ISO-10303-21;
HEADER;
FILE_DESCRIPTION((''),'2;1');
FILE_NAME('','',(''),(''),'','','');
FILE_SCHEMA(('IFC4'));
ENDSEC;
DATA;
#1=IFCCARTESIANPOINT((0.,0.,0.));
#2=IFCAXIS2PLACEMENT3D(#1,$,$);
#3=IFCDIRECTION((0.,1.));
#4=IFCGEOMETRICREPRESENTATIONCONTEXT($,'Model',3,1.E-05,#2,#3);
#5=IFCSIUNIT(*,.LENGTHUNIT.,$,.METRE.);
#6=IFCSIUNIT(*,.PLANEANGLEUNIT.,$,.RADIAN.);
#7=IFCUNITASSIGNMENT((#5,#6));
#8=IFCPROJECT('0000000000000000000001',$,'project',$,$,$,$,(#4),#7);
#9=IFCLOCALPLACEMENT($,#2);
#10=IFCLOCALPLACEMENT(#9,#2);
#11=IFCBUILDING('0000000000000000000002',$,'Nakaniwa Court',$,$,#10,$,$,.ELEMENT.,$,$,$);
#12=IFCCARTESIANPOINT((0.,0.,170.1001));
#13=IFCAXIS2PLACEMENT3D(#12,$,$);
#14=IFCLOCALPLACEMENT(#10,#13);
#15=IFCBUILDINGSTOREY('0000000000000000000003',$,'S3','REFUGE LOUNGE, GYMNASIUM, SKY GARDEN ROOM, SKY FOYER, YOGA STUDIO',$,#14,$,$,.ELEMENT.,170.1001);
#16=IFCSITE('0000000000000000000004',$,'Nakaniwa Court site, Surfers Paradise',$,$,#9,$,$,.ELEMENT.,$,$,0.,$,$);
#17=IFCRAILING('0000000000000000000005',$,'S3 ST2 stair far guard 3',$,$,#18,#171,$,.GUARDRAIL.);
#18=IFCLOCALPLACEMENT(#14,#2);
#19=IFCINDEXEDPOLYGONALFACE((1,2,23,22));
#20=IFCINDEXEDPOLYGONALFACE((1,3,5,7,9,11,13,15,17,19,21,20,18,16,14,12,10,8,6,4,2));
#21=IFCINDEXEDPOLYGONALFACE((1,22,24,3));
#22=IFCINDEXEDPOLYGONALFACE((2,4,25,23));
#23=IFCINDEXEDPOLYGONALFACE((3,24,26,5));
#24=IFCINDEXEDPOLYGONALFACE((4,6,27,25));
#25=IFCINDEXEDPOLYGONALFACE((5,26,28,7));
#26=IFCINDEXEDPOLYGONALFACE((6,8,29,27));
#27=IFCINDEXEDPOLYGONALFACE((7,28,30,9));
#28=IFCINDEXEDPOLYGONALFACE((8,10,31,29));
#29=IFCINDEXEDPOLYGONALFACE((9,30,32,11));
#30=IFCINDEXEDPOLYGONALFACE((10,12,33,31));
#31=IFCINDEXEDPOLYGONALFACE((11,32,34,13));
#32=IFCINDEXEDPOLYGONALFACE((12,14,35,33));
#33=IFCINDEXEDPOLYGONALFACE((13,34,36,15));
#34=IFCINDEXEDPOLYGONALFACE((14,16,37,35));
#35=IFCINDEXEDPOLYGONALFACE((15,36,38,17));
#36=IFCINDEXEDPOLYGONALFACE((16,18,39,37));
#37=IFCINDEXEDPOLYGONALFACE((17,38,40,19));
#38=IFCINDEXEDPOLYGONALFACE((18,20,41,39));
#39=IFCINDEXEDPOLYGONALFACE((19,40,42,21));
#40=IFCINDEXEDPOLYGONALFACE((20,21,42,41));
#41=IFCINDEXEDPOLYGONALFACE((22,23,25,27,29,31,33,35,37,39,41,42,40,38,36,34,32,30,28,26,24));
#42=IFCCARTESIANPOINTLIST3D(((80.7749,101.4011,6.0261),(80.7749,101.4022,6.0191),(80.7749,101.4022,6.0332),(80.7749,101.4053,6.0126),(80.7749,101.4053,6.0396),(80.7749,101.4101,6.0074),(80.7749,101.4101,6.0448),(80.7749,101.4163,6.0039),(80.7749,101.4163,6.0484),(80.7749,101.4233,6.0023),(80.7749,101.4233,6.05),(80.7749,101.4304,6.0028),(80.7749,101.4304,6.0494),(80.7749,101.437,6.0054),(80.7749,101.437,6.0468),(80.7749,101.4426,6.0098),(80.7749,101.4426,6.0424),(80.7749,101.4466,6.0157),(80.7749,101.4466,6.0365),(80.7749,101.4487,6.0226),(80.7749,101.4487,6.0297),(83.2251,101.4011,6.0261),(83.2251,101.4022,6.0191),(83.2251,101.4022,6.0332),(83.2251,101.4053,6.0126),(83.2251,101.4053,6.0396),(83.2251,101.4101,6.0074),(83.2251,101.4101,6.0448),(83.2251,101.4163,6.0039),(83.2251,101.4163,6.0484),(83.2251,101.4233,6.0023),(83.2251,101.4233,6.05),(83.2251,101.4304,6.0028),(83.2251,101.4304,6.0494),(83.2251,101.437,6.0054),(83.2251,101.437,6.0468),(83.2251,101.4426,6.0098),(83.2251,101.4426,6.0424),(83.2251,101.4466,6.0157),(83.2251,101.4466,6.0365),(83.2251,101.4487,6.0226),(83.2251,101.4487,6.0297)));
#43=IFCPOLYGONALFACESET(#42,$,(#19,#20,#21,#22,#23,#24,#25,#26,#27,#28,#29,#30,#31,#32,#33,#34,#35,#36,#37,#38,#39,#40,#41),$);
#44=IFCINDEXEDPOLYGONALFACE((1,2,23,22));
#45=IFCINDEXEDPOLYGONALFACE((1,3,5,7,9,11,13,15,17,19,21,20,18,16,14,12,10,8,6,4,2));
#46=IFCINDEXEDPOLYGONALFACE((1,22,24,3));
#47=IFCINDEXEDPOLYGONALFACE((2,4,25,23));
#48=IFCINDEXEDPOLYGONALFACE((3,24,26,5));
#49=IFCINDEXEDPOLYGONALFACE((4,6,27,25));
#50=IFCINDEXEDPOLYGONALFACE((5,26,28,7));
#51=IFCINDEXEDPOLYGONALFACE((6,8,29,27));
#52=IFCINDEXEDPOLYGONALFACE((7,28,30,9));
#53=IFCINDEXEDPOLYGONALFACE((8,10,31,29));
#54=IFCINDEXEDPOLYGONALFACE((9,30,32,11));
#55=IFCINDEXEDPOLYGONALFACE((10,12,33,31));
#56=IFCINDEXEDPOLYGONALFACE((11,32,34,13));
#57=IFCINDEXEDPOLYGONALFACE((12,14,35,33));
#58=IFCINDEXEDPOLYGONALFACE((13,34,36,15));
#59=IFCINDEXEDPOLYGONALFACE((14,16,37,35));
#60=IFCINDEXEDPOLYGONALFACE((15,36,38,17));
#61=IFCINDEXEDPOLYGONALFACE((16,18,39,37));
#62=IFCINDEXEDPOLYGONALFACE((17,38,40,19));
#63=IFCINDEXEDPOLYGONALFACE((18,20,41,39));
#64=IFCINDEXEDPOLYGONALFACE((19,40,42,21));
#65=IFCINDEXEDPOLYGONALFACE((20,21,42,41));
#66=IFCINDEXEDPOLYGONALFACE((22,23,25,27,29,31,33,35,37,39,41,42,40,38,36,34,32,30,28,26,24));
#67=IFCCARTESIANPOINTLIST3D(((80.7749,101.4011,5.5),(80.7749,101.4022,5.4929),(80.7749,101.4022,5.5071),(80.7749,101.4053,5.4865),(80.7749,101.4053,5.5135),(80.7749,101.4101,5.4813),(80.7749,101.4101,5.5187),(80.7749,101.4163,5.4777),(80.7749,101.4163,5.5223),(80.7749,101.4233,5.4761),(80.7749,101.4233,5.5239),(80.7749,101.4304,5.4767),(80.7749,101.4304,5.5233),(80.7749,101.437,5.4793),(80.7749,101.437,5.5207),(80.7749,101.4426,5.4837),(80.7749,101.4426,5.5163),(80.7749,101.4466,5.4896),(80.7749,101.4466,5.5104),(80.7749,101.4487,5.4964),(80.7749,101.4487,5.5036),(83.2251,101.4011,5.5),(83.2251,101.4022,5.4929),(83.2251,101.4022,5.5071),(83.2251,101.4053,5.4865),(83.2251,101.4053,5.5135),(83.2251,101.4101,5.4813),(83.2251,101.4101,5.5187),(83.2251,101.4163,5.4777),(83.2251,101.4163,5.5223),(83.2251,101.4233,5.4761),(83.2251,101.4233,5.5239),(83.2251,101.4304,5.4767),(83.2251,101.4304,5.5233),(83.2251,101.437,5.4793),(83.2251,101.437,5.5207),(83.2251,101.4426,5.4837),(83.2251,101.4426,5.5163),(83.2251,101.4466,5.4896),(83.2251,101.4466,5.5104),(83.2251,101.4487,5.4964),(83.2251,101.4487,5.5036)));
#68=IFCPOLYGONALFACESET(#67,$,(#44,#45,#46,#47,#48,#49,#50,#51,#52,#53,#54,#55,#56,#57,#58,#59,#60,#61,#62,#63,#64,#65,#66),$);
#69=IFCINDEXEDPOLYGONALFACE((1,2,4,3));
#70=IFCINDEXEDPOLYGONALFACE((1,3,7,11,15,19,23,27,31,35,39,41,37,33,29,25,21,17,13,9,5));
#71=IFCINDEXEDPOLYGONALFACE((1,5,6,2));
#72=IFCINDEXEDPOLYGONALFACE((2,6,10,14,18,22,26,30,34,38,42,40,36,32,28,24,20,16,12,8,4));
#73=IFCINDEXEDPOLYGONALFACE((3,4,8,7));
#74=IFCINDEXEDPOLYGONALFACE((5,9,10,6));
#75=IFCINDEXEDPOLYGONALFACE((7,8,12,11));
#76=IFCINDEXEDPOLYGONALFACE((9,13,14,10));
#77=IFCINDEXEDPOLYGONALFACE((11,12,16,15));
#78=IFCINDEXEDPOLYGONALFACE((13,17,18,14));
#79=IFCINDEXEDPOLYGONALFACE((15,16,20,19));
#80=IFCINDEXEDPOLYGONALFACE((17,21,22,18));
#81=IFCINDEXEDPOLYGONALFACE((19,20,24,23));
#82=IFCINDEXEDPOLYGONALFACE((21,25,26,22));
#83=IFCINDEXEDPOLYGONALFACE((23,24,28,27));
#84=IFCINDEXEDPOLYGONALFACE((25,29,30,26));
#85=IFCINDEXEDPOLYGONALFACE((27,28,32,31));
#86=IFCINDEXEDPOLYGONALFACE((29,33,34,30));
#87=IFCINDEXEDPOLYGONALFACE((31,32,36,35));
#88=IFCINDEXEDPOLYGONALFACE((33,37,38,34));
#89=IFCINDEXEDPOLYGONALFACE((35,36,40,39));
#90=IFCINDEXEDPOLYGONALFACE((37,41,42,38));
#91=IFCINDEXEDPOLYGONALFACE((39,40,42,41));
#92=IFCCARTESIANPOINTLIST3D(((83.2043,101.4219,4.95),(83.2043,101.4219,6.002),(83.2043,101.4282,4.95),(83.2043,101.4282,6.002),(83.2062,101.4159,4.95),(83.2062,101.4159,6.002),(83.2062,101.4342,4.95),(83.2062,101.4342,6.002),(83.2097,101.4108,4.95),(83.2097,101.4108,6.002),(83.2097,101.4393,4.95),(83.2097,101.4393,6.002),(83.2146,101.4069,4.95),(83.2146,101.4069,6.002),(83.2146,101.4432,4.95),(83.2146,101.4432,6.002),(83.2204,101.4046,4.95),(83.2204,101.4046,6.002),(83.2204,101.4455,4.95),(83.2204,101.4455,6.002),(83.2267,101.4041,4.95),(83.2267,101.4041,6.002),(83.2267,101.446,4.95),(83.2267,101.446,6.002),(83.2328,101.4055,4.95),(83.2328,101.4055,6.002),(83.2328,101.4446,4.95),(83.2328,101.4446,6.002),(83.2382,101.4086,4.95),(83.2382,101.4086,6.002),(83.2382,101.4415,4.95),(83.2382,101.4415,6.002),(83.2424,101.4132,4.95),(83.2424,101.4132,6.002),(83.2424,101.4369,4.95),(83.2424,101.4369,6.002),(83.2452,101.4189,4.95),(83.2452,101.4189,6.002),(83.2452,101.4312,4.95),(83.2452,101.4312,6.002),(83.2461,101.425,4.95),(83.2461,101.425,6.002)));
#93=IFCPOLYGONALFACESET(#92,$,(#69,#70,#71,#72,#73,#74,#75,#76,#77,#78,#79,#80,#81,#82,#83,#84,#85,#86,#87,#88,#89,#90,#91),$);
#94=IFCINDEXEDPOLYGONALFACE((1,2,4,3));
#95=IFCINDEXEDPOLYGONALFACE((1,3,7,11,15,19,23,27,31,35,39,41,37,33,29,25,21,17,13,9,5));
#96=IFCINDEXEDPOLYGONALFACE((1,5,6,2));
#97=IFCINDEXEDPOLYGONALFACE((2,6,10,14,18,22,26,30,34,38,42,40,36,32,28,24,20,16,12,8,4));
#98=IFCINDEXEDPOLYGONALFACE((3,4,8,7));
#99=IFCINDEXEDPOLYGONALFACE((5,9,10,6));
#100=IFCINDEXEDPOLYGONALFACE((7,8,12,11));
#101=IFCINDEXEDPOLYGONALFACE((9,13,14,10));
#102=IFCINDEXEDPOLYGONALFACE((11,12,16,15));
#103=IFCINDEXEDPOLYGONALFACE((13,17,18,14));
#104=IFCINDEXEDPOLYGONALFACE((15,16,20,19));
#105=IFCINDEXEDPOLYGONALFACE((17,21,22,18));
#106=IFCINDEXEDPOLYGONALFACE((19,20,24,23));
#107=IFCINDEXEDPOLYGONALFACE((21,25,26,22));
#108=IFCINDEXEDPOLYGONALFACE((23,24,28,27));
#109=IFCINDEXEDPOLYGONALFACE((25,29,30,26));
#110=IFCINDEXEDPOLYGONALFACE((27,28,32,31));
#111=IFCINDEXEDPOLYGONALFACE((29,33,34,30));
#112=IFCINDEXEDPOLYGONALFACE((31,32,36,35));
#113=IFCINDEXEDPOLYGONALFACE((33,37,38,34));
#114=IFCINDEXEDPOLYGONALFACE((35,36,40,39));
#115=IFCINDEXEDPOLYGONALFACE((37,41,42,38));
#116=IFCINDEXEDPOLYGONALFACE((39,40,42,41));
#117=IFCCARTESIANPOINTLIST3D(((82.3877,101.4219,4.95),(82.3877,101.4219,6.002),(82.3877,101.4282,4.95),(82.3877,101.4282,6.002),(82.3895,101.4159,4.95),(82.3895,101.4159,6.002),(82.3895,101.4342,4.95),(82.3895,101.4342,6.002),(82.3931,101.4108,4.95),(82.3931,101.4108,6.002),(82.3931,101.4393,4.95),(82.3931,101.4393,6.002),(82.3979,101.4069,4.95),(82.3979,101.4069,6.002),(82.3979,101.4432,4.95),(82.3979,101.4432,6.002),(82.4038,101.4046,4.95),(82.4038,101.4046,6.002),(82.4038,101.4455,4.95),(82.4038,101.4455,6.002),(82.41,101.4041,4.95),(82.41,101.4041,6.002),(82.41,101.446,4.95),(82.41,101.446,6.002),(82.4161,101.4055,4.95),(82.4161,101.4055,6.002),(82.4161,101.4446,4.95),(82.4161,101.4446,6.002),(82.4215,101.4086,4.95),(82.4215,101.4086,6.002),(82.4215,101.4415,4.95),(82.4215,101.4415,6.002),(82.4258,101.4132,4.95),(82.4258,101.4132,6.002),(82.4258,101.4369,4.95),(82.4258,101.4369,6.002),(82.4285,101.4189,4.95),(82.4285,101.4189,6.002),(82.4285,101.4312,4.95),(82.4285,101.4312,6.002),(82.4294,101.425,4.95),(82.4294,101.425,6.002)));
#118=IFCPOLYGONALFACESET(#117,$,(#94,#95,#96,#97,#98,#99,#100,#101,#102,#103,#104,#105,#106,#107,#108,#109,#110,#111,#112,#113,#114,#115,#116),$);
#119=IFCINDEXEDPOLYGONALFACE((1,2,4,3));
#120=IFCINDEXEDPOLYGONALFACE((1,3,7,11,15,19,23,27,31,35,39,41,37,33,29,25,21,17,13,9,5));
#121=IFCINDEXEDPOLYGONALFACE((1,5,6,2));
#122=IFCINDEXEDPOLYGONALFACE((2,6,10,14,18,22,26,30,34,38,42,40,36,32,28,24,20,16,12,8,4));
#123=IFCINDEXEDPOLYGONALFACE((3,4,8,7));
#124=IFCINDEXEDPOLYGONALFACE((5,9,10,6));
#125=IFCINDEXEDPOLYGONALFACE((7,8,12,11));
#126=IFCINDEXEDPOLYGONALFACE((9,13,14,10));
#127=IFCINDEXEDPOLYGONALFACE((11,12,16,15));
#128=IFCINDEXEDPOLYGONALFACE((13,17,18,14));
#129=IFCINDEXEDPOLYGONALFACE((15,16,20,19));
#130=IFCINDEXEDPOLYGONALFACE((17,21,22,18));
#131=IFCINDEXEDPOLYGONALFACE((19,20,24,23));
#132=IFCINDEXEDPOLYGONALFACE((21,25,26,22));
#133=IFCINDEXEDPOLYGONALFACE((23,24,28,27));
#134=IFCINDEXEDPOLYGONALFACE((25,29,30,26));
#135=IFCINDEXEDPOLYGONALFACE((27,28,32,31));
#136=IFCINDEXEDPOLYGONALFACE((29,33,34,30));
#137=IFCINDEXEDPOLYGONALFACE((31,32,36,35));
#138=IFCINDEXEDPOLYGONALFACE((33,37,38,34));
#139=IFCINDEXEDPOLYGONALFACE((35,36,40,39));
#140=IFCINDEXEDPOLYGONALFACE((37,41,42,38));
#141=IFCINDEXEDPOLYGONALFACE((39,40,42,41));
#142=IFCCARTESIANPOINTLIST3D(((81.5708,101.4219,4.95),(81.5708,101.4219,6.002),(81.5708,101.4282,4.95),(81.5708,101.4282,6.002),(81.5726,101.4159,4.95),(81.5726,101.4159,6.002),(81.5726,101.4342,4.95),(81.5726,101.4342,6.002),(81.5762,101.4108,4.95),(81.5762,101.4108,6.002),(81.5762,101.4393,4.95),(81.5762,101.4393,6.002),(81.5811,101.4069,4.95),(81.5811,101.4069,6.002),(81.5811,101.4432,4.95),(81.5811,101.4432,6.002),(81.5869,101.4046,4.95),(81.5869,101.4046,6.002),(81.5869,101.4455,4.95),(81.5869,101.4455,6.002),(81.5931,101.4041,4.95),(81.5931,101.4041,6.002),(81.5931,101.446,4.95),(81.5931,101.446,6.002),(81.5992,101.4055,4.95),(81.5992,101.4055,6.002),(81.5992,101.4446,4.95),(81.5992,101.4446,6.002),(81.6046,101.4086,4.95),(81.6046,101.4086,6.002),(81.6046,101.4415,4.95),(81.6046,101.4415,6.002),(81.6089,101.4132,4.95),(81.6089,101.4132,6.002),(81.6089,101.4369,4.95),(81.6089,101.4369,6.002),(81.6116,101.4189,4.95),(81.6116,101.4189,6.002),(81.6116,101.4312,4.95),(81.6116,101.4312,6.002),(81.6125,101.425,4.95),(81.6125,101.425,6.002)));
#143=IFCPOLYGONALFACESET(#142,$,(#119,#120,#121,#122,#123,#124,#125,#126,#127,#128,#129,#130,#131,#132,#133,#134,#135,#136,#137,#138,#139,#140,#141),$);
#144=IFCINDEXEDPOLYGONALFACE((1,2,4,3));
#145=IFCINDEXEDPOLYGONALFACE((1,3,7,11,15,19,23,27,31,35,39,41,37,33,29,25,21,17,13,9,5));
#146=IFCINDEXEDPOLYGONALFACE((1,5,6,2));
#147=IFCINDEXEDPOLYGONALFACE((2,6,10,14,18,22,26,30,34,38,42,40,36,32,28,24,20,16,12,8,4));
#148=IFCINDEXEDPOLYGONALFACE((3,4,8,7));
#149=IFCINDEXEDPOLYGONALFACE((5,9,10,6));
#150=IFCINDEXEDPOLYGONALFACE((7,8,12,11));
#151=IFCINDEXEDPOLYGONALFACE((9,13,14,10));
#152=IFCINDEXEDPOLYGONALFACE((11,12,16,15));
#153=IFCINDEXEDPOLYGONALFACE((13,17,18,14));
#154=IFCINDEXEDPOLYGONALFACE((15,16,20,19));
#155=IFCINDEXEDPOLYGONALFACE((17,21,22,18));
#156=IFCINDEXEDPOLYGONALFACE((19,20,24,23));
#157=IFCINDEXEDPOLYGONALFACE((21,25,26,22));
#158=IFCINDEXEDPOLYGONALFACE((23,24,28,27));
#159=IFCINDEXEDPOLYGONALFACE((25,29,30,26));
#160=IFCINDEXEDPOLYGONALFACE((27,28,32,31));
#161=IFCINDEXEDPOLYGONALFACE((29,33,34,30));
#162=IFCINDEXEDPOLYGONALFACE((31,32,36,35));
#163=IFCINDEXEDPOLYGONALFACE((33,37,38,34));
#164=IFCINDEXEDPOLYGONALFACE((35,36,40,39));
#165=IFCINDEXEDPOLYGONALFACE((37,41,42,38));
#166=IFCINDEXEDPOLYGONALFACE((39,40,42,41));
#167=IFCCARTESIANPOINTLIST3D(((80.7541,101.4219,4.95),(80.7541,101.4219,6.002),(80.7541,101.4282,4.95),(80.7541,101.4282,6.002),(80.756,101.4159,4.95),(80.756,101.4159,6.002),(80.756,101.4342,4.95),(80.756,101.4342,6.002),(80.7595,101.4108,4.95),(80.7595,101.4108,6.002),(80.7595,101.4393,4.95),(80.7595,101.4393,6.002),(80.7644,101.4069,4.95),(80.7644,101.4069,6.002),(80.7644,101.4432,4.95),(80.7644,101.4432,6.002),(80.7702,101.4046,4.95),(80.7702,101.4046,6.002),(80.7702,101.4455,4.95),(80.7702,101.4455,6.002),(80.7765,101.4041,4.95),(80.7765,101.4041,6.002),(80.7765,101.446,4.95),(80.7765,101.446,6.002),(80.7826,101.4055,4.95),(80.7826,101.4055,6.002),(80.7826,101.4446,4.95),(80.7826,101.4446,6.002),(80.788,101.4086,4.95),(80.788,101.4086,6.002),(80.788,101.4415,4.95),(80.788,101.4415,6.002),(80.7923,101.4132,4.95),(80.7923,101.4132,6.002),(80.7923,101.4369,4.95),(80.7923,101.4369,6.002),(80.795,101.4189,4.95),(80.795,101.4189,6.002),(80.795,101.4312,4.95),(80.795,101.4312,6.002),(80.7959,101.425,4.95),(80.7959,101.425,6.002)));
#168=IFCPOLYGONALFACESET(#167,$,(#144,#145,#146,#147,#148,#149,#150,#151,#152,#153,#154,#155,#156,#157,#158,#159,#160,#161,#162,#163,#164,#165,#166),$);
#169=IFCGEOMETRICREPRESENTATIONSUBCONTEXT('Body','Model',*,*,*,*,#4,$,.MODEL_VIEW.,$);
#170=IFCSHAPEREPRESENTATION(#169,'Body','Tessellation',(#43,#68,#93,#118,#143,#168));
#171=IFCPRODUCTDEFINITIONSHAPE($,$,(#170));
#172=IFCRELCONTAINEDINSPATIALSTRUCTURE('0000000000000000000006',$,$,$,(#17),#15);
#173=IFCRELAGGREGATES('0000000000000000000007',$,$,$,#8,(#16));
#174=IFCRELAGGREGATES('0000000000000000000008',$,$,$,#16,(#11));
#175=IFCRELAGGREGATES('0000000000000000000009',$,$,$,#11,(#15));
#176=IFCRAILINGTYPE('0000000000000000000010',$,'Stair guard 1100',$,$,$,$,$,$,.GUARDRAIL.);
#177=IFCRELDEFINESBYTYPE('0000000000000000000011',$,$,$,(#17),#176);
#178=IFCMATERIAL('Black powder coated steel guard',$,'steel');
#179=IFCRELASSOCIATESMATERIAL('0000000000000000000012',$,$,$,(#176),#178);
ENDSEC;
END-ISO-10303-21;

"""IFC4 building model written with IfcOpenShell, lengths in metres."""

from ifc_helpers import new_model, si_unit, direction, frame, origin, origin_2d, place, context, subcontext, project, spatial, circle, extrude, material, type_object, element, save


model = new_model("IFC4")

# Units and contexts
model_context = context("Model", 3, precision=1e-05, world=origin(), true_north=direction((0.0, 1.0)))
body_context = subcontext(model_context, "Body", "Model", "MODEL_VIEW")
ifc_project = project(units=[si_unit("LENGTHUNIT", "METRE"), si_unit("PLANEANGLEUNIT", "RADIAN")], contexts=[model_context])

# Site, building, storey
site_placement = place(None, origin())
site = spatial("IfcSite", under=ifc_project, at=site_placement, Name="Nakaniwa Court site, Surfers Paradise", CompositionType="ELEMENT", RefElevation=0.0)
building_placement = place(site_placement, origin())
building = spatial("IfcBuilding", under=site, at=building_placement, Name="Nakaniwa Court", CompositionType="ELEMENT")
storey_placement = place(building_placement, frame((0.0, 0.0, 170.1001)))
storey = spatial("IfcBuildingStorey", under=building, at=storey_placement, Name="S3", Description="REFUGE LOUNGE, GYMNASIUM, SKY GARDEN ROOM, SKY FOYER, YOGA STUDIO", CompositionType="ELEMENT", Elevation=170.1001)

# Railing
ifc_material_1 = material(Name="Black powder coated steel guard", Category="steel")
railing_type_1 = type_object("IfcRailingType", Name="Stair guard 1100", PredefinedType="GUARDRAIL", material=ifc_material_1)
for number, where, name in (
    (1, (83.2251, 101.425, 4.95), "S3 ST2 stair far guard 3"),
):
    element("IfcRailing", number, at=place(storey_placement, frame(where)), inside=storey, type_object=railing_type_1, Name=name, PredefinedType="GUARDRAIL", context=body_context, shape_type="SweptSolid", body=[
        extrude(circle(Radius=0.0239, at=origin_2d()), frame((0.0, 0.0, 1.0762), z_axis=(-1.0, 0.0, 0.0), x_axis=(0.0, -1.0, 0.0)), (0.0, 0.0, 1.0), 2.4502),
        extrude(circle(Radius=0.0239, at=origin_2d()), frame((0.0, 0.0, 0.55), z_axis=(-1.0, 0.0, 0.0), x_axis=(0.0, -1.0, 0.0)), (0.0, 0.0, 1.0), 2.4502),
        extrude(circle(Radius=0.021, at=origin_2d()), origin(), (0.0, 0.0, 1.0), 1.052),
        extrude(circle(Radius=0.021, at=origin_2d()), frame((-0.8167, 0.0, 0.0)), (0.0, 0.0, 1.0), 1.052),
        extrude(circle(Radius=0.021, at=origin_2d()), frame((-1.6335, 0.0, 0.0)), (0.0, 0.0, 1.0), 1.052),
        extrude(circle(Radius=0.021, at=origin_2d()), frame((-2.4502, 0.0, 0.0)), (0.0, 0.0, 1.0), 1.052),
    ])

save(model, "model.ifc")
